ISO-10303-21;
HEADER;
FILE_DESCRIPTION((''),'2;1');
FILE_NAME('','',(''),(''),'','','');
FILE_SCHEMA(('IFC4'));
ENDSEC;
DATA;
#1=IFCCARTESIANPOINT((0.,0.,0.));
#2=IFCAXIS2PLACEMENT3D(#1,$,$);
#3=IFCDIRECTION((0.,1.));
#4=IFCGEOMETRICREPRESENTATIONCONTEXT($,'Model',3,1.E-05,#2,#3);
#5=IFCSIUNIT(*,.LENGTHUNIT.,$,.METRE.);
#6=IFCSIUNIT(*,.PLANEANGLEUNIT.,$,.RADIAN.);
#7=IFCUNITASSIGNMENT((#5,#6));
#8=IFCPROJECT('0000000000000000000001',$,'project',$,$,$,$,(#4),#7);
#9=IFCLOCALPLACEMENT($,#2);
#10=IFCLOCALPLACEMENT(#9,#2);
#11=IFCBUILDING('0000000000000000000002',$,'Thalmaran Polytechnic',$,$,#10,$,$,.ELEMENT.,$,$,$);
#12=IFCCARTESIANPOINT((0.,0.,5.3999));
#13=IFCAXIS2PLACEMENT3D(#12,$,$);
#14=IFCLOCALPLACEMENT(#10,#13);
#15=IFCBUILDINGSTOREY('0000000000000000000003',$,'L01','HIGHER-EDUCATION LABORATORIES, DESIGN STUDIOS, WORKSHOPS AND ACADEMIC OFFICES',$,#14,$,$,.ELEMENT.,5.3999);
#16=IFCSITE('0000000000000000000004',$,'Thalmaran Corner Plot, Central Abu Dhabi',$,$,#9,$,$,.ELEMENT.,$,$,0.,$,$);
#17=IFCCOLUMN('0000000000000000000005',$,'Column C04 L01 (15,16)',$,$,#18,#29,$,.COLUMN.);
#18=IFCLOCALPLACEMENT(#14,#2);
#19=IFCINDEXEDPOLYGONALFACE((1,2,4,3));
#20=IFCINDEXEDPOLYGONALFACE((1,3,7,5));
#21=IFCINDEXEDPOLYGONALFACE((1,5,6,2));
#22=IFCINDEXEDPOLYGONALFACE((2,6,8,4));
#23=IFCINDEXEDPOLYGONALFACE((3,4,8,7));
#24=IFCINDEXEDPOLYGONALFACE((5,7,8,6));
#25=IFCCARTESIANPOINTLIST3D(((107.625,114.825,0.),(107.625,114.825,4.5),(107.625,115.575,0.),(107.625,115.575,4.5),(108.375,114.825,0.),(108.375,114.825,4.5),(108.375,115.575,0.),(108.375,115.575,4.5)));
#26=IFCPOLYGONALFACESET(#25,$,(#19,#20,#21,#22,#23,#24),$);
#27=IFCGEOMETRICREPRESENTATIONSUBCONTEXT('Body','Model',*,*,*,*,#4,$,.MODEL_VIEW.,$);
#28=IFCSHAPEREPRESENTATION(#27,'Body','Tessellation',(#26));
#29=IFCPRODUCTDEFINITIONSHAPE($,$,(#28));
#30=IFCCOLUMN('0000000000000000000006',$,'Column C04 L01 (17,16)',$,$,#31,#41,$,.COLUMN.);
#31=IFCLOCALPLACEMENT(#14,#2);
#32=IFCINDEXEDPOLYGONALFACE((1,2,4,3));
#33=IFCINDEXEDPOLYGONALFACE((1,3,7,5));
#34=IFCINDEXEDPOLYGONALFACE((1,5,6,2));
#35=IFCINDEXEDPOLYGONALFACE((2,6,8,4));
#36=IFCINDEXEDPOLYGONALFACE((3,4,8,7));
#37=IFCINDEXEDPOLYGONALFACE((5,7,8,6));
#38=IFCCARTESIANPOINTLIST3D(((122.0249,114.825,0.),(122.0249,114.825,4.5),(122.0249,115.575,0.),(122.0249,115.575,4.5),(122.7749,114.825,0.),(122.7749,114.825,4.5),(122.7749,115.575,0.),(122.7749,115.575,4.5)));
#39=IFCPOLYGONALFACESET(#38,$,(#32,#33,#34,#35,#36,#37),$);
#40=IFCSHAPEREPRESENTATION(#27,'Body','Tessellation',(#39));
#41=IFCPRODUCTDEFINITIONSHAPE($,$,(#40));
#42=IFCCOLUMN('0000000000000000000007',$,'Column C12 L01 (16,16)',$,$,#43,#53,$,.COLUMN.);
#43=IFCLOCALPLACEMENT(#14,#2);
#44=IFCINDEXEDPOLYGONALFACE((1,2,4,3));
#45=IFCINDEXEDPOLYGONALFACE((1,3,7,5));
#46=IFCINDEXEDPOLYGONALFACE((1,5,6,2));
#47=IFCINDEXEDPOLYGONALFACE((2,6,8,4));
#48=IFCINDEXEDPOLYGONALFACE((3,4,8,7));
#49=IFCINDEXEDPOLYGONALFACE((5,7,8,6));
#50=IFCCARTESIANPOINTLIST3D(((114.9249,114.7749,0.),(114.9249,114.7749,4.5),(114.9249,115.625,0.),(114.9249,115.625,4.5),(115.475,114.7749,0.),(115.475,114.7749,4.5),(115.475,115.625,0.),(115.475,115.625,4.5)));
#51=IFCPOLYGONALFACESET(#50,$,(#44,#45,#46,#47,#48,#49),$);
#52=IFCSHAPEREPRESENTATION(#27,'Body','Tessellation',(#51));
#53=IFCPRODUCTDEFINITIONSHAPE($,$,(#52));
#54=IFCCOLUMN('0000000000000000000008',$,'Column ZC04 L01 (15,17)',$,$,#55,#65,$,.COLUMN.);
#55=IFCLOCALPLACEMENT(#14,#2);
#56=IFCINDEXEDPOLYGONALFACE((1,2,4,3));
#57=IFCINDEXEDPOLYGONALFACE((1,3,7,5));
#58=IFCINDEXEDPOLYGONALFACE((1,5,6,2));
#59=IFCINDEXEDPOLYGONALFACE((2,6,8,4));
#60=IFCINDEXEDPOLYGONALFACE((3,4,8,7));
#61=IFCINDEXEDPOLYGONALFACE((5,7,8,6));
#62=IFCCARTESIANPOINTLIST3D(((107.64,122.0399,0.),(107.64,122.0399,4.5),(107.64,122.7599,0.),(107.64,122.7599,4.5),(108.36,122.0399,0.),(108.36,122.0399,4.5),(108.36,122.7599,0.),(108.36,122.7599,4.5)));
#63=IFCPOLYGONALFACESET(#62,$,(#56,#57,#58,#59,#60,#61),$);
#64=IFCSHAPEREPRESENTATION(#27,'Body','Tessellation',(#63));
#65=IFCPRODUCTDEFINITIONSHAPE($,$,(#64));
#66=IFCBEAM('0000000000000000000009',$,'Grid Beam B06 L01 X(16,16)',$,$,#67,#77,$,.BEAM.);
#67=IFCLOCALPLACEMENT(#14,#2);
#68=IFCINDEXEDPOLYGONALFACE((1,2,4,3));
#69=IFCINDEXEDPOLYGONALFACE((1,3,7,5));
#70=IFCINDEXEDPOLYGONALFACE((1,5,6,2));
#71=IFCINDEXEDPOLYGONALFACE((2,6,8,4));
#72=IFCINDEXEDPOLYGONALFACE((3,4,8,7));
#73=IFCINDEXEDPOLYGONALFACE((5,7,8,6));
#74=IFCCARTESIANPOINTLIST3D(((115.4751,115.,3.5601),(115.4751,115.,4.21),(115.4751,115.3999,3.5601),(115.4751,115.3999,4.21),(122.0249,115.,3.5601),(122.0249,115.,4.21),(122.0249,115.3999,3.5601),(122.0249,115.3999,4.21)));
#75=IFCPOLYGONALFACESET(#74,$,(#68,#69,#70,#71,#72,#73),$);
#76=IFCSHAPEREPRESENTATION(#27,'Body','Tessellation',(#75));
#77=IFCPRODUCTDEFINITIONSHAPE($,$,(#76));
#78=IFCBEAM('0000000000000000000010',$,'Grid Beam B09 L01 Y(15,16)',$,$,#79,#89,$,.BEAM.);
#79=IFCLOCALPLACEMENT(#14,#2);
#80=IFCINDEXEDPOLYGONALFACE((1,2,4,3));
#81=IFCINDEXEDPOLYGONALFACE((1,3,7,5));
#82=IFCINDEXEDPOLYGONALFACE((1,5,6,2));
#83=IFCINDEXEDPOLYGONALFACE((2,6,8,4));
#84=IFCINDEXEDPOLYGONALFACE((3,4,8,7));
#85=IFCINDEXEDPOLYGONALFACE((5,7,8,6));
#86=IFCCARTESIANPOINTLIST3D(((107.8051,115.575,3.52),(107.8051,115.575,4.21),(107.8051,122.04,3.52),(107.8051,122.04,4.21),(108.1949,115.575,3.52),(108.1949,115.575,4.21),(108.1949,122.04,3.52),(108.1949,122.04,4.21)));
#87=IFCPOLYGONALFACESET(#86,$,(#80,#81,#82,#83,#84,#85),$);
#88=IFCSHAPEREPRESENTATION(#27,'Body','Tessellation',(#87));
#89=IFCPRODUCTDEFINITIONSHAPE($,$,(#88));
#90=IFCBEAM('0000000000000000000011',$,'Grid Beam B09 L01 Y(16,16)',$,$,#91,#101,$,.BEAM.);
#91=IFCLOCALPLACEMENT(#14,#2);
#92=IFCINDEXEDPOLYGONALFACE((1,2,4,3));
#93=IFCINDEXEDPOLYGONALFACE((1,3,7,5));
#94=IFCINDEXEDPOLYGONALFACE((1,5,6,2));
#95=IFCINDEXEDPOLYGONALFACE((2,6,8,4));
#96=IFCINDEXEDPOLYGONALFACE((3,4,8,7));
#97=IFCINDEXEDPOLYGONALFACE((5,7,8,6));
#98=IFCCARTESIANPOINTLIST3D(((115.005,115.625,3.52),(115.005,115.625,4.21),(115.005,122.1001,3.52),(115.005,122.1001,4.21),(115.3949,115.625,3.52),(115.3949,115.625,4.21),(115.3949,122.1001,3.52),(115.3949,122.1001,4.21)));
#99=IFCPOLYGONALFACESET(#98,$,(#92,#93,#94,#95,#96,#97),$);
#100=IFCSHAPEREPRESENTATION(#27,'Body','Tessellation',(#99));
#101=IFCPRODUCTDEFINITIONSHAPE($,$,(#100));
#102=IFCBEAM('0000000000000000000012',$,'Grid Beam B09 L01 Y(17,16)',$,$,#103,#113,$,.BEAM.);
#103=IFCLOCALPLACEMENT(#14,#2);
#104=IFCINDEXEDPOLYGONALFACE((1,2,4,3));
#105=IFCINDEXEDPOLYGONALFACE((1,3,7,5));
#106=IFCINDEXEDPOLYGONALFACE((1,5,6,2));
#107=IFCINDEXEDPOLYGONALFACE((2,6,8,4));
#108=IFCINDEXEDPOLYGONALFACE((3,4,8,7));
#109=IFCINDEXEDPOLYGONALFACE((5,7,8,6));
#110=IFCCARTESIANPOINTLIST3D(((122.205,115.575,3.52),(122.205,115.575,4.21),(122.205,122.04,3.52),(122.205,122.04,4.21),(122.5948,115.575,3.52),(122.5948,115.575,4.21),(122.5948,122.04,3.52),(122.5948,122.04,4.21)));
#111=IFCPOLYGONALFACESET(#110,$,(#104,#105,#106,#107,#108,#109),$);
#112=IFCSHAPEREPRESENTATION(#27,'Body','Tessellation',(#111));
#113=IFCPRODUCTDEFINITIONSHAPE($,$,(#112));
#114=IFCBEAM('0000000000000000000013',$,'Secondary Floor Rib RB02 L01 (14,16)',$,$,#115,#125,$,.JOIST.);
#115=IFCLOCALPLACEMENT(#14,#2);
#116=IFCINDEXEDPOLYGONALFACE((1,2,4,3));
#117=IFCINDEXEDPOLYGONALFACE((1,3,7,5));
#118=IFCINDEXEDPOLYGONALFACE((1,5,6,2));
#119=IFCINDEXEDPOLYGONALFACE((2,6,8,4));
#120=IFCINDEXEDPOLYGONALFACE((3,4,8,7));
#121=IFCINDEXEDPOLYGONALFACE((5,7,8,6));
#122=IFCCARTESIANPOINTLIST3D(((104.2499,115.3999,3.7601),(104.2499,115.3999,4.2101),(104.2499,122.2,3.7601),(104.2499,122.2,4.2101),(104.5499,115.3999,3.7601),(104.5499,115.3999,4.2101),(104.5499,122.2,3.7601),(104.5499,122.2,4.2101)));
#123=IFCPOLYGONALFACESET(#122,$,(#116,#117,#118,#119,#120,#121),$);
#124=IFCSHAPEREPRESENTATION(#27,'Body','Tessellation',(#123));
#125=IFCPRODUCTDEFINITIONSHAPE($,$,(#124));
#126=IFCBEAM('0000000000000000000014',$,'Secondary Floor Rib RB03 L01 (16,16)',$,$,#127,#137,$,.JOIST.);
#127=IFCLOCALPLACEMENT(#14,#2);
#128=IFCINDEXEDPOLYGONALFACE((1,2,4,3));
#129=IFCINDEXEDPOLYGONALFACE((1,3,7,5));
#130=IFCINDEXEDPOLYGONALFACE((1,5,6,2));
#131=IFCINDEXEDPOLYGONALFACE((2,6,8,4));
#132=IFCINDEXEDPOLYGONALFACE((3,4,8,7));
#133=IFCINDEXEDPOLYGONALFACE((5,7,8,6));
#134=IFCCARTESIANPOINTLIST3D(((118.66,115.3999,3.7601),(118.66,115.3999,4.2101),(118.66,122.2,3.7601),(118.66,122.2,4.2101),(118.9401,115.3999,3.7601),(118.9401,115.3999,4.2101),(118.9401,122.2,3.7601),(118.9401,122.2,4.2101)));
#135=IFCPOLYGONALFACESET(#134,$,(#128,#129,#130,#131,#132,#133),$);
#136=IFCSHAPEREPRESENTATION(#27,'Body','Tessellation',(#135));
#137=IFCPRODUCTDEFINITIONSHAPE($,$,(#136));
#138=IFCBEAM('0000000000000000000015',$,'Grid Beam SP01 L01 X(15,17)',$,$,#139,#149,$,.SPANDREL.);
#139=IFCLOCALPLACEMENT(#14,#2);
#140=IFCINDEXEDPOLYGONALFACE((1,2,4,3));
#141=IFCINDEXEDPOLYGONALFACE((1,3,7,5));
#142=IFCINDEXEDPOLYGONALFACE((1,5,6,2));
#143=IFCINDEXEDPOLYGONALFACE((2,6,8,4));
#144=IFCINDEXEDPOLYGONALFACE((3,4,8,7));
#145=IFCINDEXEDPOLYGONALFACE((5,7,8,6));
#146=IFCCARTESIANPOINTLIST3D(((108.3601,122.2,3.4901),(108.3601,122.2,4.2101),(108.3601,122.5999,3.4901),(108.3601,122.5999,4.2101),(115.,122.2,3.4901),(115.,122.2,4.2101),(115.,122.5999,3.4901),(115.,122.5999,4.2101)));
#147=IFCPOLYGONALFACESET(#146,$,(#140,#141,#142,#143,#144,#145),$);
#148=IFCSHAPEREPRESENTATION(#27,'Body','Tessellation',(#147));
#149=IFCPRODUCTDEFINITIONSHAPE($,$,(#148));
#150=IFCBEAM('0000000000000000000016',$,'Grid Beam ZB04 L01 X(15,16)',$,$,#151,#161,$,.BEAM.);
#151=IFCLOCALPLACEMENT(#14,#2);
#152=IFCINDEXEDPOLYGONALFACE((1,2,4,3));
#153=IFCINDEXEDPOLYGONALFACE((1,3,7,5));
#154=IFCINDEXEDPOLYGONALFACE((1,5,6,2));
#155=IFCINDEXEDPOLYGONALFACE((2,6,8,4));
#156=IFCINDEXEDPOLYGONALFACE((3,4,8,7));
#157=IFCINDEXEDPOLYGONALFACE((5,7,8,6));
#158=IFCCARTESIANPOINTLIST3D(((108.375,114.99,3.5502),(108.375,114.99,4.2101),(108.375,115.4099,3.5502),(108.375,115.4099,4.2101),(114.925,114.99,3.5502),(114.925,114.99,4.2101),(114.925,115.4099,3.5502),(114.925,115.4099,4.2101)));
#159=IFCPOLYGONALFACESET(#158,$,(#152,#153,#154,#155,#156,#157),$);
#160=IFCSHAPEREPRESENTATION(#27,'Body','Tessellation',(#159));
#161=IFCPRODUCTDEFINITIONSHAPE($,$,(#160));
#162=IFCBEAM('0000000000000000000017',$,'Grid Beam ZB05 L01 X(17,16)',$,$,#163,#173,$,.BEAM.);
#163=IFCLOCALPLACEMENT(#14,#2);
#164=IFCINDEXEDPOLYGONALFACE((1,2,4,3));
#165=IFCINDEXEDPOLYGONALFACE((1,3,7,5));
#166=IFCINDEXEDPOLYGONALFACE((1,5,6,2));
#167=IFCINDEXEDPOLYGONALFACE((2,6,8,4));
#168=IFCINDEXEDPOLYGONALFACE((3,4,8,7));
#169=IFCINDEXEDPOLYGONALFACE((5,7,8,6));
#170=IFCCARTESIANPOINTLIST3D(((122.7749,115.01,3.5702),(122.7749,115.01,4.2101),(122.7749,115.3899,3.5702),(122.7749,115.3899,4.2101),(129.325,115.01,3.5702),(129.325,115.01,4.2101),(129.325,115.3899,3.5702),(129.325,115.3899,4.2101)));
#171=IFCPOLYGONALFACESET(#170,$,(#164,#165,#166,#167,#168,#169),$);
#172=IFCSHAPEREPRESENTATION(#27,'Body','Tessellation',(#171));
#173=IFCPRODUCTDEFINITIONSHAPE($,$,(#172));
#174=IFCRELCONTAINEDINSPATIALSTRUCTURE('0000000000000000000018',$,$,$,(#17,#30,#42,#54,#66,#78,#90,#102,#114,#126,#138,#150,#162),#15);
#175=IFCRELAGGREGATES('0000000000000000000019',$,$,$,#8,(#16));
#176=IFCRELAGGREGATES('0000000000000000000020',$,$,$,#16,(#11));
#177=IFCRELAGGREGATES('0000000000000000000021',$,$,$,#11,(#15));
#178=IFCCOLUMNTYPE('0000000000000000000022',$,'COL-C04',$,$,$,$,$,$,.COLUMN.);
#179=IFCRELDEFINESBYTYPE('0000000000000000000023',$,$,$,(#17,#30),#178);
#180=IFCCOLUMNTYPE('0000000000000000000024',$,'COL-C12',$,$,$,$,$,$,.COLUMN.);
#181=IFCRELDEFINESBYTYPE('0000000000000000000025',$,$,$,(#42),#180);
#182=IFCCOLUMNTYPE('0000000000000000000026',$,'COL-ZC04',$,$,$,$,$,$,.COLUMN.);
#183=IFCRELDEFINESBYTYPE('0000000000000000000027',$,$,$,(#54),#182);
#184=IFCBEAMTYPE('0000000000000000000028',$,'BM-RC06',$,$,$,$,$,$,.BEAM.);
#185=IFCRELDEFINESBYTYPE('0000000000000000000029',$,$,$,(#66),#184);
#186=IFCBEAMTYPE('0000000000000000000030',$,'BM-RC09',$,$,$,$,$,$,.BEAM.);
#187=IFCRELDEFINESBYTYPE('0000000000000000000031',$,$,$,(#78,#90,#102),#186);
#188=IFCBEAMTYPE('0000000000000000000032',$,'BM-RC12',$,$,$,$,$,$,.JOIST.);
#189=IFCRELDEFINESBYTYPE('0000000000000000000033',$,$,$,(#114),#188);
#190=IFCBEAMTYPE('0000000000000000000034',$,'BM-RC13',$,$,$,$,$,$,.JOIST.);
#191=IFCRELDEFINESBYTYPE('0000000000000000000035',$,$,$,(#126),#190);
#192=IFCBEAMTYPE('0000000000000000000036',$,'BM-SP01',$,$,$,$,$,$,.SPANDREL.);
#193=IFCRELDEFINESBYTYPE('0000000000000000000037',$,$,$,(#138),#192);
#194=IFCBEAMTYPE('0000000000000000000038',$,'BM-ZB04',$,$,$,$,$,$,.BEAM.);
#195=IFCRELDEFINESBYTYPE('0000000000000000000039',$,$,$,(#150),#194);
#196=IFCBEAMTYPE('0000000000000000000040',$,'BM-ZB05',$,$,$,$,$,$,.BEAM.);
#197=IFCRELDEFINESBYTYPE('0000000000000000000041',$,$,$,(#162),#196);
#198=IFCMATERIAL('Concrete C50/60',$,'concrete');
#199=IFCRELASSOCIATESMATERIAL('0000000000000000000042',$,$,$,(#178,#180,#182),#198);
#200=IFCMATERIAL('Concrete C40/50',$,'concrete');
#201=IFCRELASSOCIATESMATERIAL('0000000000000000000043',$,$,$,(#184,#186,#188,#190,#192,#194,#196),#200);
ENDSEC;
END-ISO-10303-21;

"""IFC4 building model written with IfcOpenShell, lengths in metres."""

from ifc_helpers import new_model, si_unit, direction, frame, origin, origin_2d, place, context, subcontext, project, spatial, rectangle, extrude, material, material_profile, profile_set, type_object, element, save


model = new_model("IFC4")

# Units and contexts
model_context = context("Model", 3, precision=1e-05, world=origin(), true_north=direction((0.0, 1.0)))
body_context = subcontext(model_context, "Body", "Model", "MODEL_VIEW")
ifc_project = project(units=[si_unit("LENGTHUNIT", "METRE"), si_unit("PLANEANGLEUNIT", "RADIAN")], contexts=[model_context])

# Site, building, storey
site_placement = place(None, origin())
site = spatial("IfcSite", under=ifc_project, at=site_placement, Name="Thalmaran Corner Plot, Central Abu Dhabi", CompositionType="ELEMENT", RefElevation=0.0)
building_placement = place(site_placement, origin())
building = spatial("IfcBuilding", under=site, at=building_placement, Name="Thalmaran Polytechnic", CompositionType="ELEMENT")
storey_placement = place(building_placement, frame((0.0, 0.0, 5.3999)))
storey = spatial("IfcBuildingStorey", under=building, at=storey_placement, Name="L01", Description="HIGHER-EDUCATION LABORATORIES, DESIGN STUDIOS, WORKSHOPS AND ACADEMIC OFFICES", CompositionType="ELEMENT", Elevation=5.3999)

# Columns
ifc_material_1 = material(Name="Concrete C50/60", Category="concrete")
ifc_material_profile_1 = material_profile(ifc_material_1, rectangle(XDim=0.75, YDim=0.75, at=origin_2d()), Name="RC 750x750")
ifc_profile_set_1 = profile_set([ifc_material_profile_1], Name="Concrete C50/60")
column_type_1 = type_object("IfcColumnType", Name="COL-C04", PredefinedType="COLUMN", material=ifc_profile_set_1)
for number, where, z_axis, x_axis, name in (
    (1, (108.0, 115.2, 0.0), (0.0, 0.0, 1.0), (1.0, 0.0, 0.0), "Column C04 L01 (15,16)"),
    (2, (122.3999, 115.2, 0.0), (0.0, 0.0, 1.0), (1.0, 0.0, 0.0), "Column C04 L01 (17,16)"),
):
    element("IfcColumn", number, at=place(storey_placement, frame(where, z_axis=z_axis, x_axis=x_axis)), inside=storey, type_object=column_type_1, Name=name, PredefinedType="COLUMN", context=body_context, shape_type="SweptSolid", body=[
        extrude(rectangle(XDim=0.75, YDim=0.75, at=origin_2d()), origin(), (0.0, 0.0, 1.0), 4.5),
    ])
ifc_material_profile_2 = material_profile(ifc_material_1, rectangle(XDim=0.55, YDim=0.8501, at=origin_2d()), Name="RC 550x850")
ifc_profile_set_2 = profile_set([ifc_material_profile_2], Name="Concrete C50/60")
column_type_2 = type_object("IfcColumnType", Name="COL-C12", PredefinedType="COLUMN", material=ifc_profile_set_2)
column_1_placement = place(storey_placement, frame((115.2, 115.2, 0.0), z_axis=(0.0, 0.0, 1.0), x_axis=(1.0, 0.0, 0.0)))
element("IfcColumn", 3, at=column_1_placement, inside=storey, type_object=column_type_2, Name="Column C12 L01 (16,16)", PredefinedType="COLUMN", context=body_context, shape_type="SweptSolid", body=[
    extrude(rectangle(XDim=0.55, YDim=0.8501, at=origin_2d()), origin(), (0.0, 0.0, 1.0), 4.5),
])
ifc_material_profile_3 = material_profile(ifc_material_1, rectangle(XDim=0.72, YDim=0.72, at=origin_2d()), Name="RC 720x720")
ifc_profile_set_3 = profile_set([ifc_material_profile_3], Name="Concrete C50/60")
column_type_3 = type_object("IfcColumnType", Name="COL-ZC04", PredefinedType="COLUMN", material=ifc_profile_set_3)
column_2_placement = place(storey_placement, frame((108.0, 122.3999, 0.0), z_axis=(0.0, 0.0, 1.0), x_axis=(1.0, 0.0, 0.0)))
element("IfcColumn", 4, at=column_2_placement, inside=storey, type_object=column_type_3, Name="Column ZC04 L01 (15,17)", PredefinedType="COLUMN", context=body_context, shape_type="SweptSolid", body=[
    extrude(rectangle(XDim=0.72, YDim=0.72, at=origin_2d()), origin(), (0.0, 0.0, 1.0), 4.5),
])

# Beams
ifc_material_2 = material(Name="Concrete C40/50", Category="concrete")
ifc_material_profile_4 = material_profile(ifc_material_2, rectangle(XDim=0.3999, YDim=0.6499, at=origin_2d()), Name="RC 400x650")
ifc_profile_set_4 = profile_set([ifc_material_profile_4], Name="Concrete C40/50")
beam_type_1 = type_object("IfcBeamType", Name="BM-RC06", PredefinedType="BEAM", material=ifc_profile_set_4)
beam_1_placement = place(storey_placement, frame((115.4751, 115.2, 3.885), z_axis=(1.0, 0.0, 0.0), x_axis=(0.0, 1.0, 0.0)))
element("IfcBeam", 5, at=beam_1_placement, inside=storey, type_object=beam_type_1, Name="Grid Beam B06 L01 X(16,16)", PredefinedType="BEAM", context=body_context, shape_type="SweptSolid", body=[
    extrude(rectangle(XDim=0.3999, YDim=0.6499, at=origin_2d()), origin(), (0.0, 0.0, 1.0), 6.5498),
])
ifc_material_profile_5 = material_profile(ifc_material_2, rectangle(XDim=0.3899, YDim=0.6899, at=origin_2d()), Name="RC 390x690")
ifc_profile_set_5 = profile_set([ifc_material_profile_5], Name="Concrete C40/50")
beam_type_2 = type_object("IfcBeamType", Name="BM-RC09", PredefinedType="BEAM", material=ifc_profile_set_5)
beam_2_placement = place(storey_placement, frame((108.0, 115.575, 3.865), z_axis=(0.0, 1.0, 0.0), x_axis=(-1.0, 0.0, 0.0)))
element("IfcBeam", 6, at=beam_2_placement, inside=storey, type_object=beam_type_2, Name="Grid Beam B09 L01 Y(15,16)", PredefinedType="BEAM", context=body_context, shape_type="SweptSolid", body=[
    extrude(rectangle(XDim=0.3899, YDim=0.6899, at=origin_2d()), origin(), (0.0, 0.0, 1.0), 6.4651),
])
beam_3_placement = place(storey_placement, frame((115.2, 115.625, 3.865), z_axis=(0.0, 1.0, 0.0), x_axis=(-1.0, 0.0, 0.0)))
element("IfcBeam", 7, at=beam_3_placement, inside=storey, type_object=beam_type_2, Name="Grid Beam B09 L01 Y(16,16)", PredefinedType="BEAM", context=body_context, shape_type="SweptSolid", body=[
    extrude(rectangle(XDim=0.3899, YDim=0.6899, at=origin_2d()), origin(), (0.0, 0.0, 1.0), 6.4751),
])
beam_4_placement = place(storey_placement, frame((122.3999, 115.575, 3.865), z_axis=(0.0, 1.0, 0.0), x_axis=(-1.0, 0.0, 0.0)))
element("IfcBeam", 8, at=beam_4_placement, inside=storey, type_object=beam_type_2, Name="Grid Beam B09 L01 Y(17,16)", PredefinedType="BEAM", context=body_context, shape_type="SweptSolid", body=[
    extrude(rectangle(XDim=0.3899, YDim=0.6899, at=origin_2d()), origin(), (0.0, 0.0, 1.0), 6.4651),
])
ifc_material_profile_6 = material_profile(ifc_material_2, rectangle(XDim=0.3, YDim=0.45, at=origin_2d()), Name="RC 300x450")
ifc_profile_set_6 = profile_set([ifc_material_profile_6], Name="Concrete C40/50")
beam_type_3 = type_object("IfcBeamType", Name="BM-RC12", PredefinedType="JOIST", material=ifc_profile_set_6)
beam_5_placement = place(storey_placement, frame((104.3999, 115.3999, 3.9851), z_axis=(0.0, 1.0, 0.0), x_axis=(-1.0, 0.0, 0.0)))
element("IfcBeam", 9, at=beam_5_placement, inside=storey, type_object=beam_type_3, Name="Secondary Floor Rib RB02 L01 (14,16)", PredefinedType="JOIST", context=body_context, shape_type="SweptSolid", body=[
    extrude(rectangle(XDim=0.3, YDim=0.45, at=origin_2d()), origin(), (0.0, 0.0, 1.0), 6.8),
])
ifc_material_profile_7 = material_profile(ifc_material_2, rectangle(XDim=0.28, YDim=0.45, at=origin_2d()), Name="RC 280x450")
ifc_profile_set_7 = profile_set([ifc_material_profile_7], Name="Concrete C40/50")
beam_type_4 = type_object("IfcBeamType", Name="BM-RC13", PredefinedType="JOIST", material=ifc_profile_set_7)
beam_6_placement = place(storey_placement, frame((118.8, 115.3999, 3.9851), z_axis=(0.0, 1.0, 0.0), x_axis=(-1.0, 0.0, 0.0)))
element("IfcBeam", 10, at=beam_6_placement, inside=storey, type_object=beam_type_4, Name="Secondary Floor Rib RB03 L01 (16,16)", PredefinedType="JOIST", context=body_context, shape_type="SweptSolid", body=[
    extrude(rectangle(XDim=0.28, YDim=0.45, at=origin_2d()), origin(), (0.0, 0.0, 1.0), 6.8),
])
ifc_material_profile_8 = material_profile(ifc_material_2, rectangle(XDim=0.3999, YDim=0.72, at=origin_2d()), Name="RC 400x720")
ifc_profile_set_8 = profile_set([ifc_material_profile_8], Name="Concrete C40/50")
beam_type_5 = type_object("IfcBeamType", Name="BM-SP01", PredefinedType="SPANDREL", material=ifc_profile_set_8)
beam_7_placement = place(storey_placement, frame((108.3601, 122.3999, 3.8501), z_axis=(1.0, 0.0, 0.0), x_axis=(0.0, 1.0, 0.0)))
element("IfcBeam", 11, at=beam_7_placement, inside=storey, type_object=beam_type_5, Name="Grid Beam SP01 L01 X(15,17)", PredefinedType="SPANDREL", context=body_context, shape_type="SweptSolid", body=[
    extrude(rectangle(XDim=0.3999, YDim=0.72, at=origin_2d()), origin(), (0.0, 0.0, 1.0), 6.6399),
])
ifc_material_profile_9 = material_profile(ifc_material_2, rectangle(XDim=0.4199, YDim=0.6599, at=origin_2d()), Name="RC 420x660")
ifc_profile_set_9 = profile_set([ifc_material_profile_9], Name="Concrete C40/50")
beam_type_6 = type_object("IfcBeamType", Name="BM-ZB04", PredefinedType="BEAM", material=ifc_profile_set_9)
beam_8_placement = place(storey_placement, frame((108.375, 115.2, 3.8801), z_axis=(1.0, 0.0, 0.0), x_axis=(0.0, 1.0, 0.0)))
element("IfcBeam", 12, at=beam_8_placement, inside=storey, type_object=beam_type_6, Name="Grid Beam ZB04 L01 X(15,16)", PredefinedType="BEAM", context=body_context, shape_type="SweptSolid", body=[
    extrude(rectangle(XDim=0.4199, YDim=0.6599, at=origin_2d()), origin(), (0.0, 0.0, 1.0), 6.55),
])
ifc_material_profile_10 = material_profile(ifc_material_2, rectangle(XDim=0.3799, YDim=0.6399, at=origin_2d()), Name="RC 380x640")
ifc_profile_set_10 = profile_set([ifc_material_profile_10], Name="Concrete C40/50")
beam_type_7 = type_object("IfcBeamType", Name="BM-ZB05", PredefinedType="BEAM", material=ifc_profile_set_10)
beam_9_placement = place(storey_placement, frame((122.7749, 115.2, 3.8901), z_axis=(1.0, 0.0, 0.0), x_axis=(0.0, 1.0, 0.0)))
element("IfcBeam", 13, at=beam_9_placement, inside=storey, type_object=beam_type_7, Name="Grid Beam ZB05 L01 X(17,16)", PredefinedType="BEAM", context=body_context, shape_type="SweptSolid", body=[
    extrude(rectangle(XDim=0.3799, YDim=0.6399, at=origin_2d()), origin(), (0.0, 0.0, 1.0), 6.55),
])

save(model, "model.ifc")
